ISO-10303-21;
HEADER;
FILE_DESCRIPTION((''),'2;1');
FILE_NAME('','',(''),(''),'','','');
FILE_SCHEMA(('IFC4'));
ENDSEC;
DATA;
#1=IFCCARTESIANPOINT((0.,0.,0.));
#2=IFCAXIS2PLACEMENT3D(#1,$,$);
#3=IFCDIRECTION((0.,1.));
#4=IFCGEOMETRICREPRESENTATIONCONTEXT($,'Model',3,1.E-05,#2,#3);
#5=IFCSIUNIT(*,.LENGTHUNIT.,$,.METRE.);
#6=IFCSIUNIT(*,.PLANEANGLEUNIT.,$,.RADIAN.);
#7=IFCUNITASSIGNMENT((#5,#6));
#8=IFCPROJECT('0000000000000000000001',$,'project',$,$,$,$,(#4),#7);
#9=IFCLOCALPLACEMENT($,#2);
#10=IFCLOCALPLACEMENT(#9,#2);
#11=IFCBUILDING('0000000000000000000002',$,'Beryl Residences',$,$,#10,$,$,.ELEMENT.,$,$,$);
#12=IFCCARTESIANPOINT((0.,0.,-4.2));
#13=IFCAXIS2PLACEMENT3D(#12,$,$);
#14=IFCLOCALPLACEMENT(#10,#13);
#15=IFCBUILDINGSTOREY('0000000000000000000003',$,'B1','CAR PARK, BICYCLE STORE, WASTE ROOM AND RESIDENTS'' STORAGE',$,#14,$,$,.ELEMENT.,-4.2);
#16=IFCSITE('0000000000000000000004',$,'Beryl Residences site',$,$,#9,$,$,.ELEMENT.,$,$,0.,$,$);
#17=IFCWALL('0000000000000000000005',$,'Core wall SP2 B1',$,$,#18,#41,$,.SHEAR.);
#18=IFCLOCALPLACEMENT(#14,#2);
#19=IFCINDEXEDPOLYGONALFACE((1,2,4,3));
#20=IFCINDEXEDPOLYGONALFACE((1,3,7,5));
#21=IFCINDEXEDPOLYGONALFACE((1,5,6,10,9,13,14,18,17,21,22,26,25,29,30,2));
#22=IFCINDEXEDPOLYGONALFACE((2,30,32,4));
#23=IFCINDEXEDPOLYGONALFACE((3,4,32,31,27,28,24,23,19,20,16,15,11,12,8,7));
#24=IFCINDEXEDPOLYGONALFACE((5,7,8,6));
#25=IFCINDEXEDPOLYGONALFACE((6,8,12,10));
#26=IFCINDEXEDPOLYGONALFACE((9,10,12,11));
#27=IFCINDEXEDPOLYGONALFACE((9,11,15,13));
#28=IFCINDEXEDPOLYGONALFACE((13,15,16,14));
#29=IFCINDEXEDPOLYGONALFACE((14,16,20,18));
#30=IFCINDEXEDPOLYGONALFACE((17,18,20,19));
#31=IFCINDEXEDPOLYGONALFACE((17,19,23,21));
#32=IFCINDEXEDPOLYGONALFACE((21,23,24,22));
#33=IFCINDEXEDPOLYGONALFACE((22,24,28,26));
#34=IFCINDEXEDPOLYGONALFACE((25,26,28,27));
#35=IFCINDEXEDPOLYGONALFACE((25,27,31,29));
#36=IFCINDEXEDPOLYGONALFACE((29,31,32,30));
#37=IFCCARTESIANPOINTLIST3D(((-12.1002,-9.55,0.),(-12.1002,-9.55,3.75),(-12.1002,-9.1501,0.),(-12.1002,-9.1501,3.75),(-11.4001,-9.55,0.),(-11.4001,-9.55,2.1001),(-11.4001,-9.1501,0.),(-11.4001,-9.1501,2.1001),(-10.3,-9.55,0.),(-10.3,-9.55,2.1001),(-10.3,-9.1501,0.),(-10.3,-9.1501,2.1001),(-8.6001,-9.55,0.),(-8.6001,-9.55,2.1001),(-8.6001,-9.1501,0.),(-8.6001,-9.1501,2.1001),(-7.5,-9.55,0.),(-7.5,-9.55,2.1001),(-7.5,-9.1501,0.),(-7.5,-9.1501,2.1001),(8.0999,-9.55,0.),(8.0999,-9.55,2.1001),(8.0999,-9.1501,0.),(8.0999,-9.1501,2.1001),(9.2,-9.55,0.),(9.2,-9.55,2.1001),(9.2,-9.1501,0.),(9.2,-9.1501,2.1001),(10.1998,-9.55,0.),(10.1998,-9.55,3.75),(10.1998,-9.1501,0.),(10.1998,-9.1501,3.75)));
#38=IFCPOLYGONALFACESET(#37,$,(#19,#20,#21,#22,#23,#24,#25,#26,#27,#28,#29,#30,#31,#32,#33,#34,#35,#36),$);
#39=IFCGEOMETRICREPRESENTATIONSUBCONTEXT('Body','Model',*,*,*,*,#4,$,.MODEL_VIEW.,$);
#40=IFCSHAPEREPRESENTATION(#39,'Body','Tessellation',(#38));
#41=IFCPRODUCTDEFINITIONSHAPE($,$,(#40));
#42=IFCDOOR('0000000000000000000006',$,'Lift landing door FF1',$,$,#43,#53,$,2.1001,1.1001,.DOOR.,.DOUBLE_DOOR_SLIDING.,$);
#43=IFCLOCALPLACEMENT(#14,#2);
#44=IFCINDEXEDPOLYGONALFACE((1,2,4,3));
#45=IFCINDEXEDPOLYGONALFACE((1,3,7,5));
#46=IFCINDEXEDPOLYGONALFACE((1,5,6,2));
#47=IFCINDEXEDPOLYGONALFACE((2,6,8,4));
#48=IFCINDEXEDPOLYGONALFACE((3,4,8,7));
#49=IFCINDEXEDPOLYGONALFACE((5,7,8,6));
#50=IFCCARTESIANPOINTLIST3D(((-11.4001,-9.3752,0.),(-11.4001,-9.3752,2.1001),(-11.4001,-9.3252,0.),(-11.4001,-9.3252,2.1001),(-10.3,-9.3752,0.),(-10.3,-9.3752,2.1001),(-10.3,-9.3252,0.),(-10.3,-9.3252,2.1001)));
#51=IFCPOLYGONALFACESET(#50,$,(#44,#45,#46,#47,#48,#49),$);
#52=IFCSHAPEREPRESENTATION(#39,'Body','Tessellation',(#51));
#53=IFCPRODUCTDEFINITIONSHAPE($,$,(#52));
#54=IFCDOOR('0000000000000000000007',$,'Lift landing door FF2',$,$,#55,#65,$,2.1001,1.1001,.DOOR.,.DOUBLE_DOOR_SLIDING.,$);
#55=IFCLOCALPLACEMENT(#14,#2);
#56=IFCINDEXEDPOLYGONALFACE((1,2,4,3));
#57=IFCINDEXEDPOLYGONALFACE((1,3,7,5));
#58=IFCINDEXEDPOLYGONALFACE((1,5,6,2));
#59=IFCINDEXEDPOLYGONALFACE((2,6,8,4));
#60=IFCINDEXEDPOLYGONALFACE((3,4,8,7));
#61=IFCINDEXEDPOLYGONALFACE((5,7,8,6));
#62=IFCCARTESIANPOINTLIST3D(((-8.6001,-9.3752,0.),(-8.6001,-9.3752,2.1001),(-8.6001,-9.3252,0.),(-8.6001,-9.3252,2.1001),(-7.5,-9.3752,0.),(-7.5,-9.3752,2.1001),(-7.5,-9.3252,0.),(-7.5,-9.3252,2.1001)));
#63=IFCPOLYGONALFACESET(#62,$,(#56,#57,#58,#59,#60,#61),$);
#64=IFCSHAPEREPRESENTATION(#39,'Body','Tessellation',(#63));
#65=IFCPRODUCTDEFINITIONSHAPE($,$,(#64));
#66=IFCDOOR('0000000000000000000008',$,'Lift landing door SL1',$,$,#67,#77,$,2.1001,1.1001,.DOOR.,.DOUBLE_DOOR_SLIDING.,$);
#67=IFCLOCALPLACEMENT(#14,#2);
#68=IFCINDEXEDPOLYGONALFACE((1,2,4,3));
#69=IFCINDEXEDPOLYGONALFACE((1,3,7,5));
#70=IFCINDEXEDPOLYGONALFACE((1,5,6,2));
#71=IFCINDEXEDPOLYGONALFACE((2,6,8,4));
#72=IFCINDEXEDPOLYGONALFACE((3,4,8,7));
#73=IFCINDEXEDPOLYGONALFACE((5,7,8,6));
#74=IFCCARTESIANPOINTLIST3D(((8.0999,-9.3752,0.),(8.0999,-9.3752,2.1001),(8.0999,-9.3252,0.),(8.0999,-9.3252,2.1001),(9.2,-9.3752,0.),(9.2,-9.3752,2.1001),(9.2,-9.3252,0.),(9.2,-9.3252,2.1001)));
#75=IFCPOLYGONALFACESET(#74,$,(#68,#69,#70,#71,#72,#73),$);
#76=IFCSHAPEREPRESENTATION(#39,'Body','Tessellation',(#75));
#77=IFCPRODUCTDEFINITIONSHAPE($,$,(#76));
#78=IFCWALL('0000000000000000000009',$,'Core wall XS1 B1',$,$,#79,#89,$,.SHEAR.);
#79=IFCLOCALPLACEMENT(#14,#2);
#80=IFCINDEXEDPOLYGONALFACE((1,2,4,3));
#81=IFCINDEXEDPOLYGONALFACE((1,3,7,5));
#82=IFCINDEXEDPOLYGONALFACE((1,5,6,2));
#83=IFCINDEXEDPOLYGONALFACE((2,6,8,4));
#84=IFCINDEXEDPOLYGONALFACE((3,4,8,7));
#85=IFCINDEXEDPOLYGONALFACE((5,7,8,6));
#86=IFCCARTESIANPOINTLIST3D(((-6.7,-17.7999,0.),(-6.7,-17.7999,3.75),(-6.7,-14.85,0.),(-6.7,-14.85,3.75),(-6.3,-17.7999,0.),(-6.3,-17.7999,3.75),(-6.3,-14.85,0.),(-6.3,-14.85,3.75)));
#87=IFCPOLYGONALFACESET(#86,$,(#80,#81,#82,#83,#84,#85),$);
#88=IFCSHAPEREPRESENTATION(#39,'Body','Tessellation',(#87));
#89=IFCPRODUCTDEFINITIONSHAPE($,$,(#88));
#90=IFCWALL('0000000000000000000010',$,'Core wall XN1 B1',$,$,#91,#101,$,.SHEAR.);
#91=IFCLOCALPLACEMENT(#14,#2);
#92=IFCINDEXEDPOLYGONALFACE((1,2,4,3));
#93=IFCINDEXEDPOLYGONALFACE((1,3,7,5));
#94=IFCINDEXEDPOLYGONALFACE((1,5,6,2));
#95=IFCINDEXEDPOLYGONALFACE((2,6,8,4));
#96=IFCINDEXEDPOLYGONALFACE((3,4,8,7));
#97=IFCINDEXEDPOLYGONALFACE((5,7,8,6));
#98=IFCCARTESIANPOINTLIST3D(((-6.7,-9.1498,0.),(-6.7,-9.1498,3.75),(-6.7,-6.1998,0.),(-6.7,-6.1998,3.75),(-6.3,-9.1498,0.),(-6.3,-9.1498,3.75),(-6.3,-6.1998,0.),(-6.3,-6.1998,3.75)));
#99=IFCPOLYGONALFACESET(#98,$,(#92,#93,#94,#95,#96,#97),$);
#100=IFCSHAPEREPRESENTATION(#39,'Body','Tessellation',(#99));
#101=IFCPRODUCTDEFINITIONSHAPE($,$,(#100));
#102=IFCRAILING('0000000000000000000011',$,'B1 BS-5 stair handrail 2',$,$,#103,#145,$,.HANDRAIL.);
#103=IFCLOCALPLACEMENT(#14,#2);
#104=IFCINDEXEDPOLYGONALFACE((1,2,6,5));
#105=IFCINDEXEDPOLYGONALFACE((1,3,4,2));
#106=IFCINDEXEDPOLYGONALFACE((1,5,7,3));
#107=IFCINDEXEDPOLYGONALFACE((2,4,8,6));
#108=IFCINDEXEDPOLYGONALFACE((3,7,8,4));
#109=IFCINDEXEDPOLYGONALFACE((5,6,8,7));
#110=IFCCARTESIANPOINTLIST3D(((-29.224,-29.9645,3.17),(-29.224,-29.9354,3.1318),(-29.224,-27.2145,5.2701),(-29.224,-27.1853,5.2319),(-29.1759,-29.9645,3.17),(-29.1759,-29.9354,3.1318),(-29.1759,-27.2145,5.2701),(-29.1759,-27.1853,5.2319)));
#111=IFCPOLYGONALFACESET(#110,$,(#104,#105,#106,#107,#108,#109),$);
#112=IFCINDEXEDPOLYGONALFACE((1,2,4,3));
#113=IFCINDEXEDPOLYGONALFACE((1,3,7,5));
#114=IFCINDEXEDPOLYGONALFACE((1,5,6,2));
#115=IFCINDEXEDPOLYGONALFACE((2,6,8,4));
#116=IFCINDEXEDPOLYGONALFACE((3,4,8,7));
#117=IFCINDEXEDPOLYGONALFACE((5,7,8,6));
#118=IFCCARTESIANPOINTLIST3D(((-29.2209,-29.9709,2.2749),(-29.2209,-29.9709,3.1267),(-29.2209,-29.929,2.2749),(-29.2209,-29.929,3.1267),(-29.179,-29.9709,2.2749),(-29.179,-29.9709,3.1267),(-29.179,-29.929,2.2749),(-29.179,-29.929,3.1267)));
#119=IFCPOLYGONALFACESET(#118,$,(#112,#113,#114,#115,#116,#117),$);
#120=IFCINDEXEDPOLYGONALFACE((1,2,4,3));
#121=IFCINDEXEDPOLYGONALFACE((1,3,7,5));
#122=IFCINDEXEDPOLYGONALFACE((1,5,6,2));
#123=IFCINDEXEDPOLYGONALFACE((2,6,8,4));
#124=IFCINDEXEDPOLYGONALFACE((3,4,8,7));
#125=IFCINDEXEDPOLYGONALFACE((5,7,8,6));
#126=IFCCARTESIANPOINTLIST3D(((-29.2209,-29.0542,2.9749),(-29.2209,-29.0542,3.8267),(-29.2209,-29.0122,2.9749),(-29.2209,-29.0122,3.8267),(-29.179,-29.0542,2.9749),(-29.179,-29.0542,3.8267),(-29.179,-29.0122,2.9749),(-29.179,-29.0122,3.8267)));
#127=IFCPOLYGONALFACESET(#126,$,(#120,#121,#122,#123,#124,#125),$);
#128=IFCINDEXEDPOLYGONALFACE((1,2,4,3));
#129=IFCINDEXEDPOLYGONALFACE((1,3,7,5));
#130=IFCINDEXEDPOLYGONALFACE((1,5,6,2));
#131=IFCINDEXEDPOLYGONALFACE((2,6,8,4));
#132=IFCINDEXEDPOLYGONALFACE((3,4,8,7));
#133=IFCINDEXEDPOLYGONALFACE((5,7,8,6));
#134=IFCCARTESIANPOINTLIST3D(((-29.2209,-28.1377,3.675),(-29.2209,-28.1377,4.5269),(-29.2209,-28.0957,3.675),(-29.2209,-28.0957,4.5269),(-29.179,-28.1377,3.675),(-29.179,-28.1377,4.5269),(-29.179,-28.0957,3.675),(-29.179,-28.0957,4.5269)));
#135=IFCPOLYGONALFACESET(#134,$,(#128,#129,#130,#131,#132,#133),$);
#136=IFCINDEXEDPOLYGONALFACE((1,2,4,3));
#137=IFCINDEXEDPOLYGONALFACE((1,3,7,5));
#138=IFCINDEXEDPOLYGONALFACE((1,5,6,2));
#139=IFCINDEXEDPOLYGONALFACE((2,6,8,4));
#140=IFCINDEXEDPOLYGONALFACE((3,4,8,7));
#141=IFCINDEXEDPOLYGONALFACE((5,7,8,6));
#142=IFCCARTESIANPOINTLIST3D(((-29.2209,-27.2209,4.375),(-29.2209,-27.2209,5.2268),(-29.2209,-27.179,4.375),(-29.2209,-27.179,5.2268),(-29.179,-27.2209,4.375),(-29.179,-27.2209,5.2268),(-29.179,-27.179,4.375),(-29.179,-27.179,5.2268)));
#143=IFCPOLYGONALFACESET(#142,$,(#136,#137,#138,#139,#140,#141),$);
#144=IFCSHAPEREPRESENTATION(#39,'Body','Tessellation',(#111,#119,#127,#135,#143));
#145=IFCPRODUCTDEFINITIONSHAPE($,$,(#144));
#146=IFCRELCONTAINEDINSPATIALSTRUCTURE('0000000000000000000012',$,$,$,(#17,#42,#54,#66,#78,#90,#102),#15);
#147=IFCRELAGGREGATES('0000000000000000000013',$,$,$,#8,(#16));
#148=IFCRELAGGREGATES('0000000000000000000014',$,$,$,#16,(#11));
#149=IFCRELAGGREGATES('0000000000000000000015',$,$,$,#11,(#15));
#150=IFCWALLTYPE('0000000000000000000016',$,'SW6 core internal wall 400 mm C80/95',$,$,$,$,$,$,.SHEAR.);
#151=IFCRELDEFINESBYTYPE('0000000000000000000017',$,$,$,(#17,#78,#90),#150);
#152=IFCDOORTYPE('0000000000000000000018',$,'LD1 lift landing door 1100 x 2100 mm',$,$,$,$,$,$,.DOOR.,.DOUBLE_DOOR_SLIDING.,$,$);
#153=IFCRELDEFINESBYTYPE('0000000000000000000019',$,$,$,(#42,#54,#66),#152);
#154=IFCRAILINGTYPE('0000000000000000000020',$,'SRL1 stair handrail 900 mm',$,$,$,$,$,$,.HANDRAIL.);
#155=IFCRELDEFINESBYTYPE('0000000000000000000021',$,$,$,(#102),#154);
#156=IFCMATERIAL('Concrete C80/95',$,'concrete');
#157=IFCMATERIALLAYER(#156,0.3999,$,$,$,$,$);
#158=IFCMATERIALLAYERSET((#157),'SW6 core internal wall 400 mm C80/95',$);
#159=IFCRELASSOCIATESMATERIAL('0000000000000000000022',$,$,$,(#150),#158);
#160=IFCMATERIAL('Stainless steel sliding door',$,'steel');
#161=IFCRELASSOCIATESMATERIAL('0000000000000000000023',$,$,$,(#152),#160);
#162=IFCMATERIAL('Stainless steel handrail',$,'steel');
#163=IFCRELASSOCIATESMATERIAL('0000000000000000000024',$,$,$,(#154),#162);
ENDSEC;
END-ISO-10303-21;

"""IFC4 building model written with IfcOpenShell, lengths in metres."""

from ifc_helpers import new_model, si_unit, direction, frame, frame_2d, origin, origin_2d, place, context, subcontext, project, spatial, rectangle, extrude, material, layer, layer_set, type_object, element, fill, save


model = new_model("IFC4")

# Units and contexts
model_context = context("Model", 3, precision=1e-05, world=origin(), true_north=direction((0.0, 1.0)))
body_context = subcontext(model_context, "Body", "Model", "MODEL_VIEW")
ifc_project = project(units=[si_unit("LENGTHUNIT", "METRE"), si_unit("PLANEANGLEUNIT", "RADIAN")], contexts=[model_context])

# Site, building, storey
site_placement = place(None, origin())
site = spatial("IfcSite", under=ifc_project, at=site_placement, Name="Beryl Residences site", CompositionType="ELEMENT", RefElevation=0.0)
building_placement = place(site_placement, origin())
building = spatial("IfcBuilding", under=site, at=building_placement, Name="Beryl Residences", CompositionType="ELEMENT")
storey_placement = place(building_placement, frame((0.0, 0.0, -4.2)))
storey = spatial("IfcBuildingStorey", under=building, at=storey_placement, Name="B1", Description="CAR PARK, BICYCLE STORE, WASTE ROOM AND RESIDENTS' STORAGE", CompositionType="ELEMENT", Elevation=-4.2)

# Shared definitions
ifc_material_1 = material(Name="Concrete C80/95", Category="concrete")
ifc_layer_1 = layer(ifc_material_1, 0.3999)
ifc_layer_set_1 = layer_set([ifc_layer_1], Name="SW6 core internal wall 400 mm C80/95")
wall_type_1 = type_object("IfcWallType", Name="SW6 core internal wall 400 mm C80/95", PredefinedType="SHEAR", material=ifc_layer_set_1)

# Wall, openings, doors
wall_1_placement = place(storey_placement, frame((-12.1001, -9.3501, 0.0), z_axis=(0.0, 0.0, 1.0), x_axis=(1.0, 0.0, 0.0)))
wall_1 = element("IfcWall", 1, at=wall_1_placement, inside=storey, type_object=wall_type_1, Name="Core wall SP2 B1", PredefinedType="SHEAR", context=body_context, shape_type="SweptSolid", body=[
    extrude(rectangle(XDim=22.3, YDim=0.3999, at=frame_2d((11.1499, 0.0))), origin(), (0.0, 0.0, 1.0), 3.75),
])
opening_1_placement = place(wall_1_placement, frame((0.7, 0.0, 0.0)))
opening_1 = element("IfcOpeningElement", 2, at=opening_1_placement, cuts=wall_1, PredefinedType="OPENING", context=body_context, shape_type="SweptSolid", body=[
    extrude(rectangle(XDim=1.1001, YDim=2.1001, at=frame_2d((0.55, 1.05))), frame((0.0, 0.21, 0.0), z_axis=(0.0, -1.0, 0.0), x_axis=(1.0, 0.0, 0.0)), (0.0, 0.0, 1.0), 0.4199),
])
opening_2_placement = place(wall_1_placement, frame((3.5, 0.0, 0.0)))
opening_2 = element("IfcOpeningElement", 3, at=opening_2_placement, cuts=wall_1, PredefinedType="OPENING", context=body_context, shape_type="SweptSolid", body=[
    extrude(rectangle(XDim=1.1001, YDim=2.1001, at=frame_2d((0.55, 1.05))), frame((0.0, 0.21, 0.0), z_axis=(0.0, -1.0, 0.0), x_axis=(1.0, 0.0, 0.0)), (0.0, 0.0, 1.0), 0.4199),
])
opening_3_placement = place(wall_1_placement, frame((20.2, 0.0, 0.0)))
opening_3 = element("IfcOpeningElement", 4, at=opening_3_placement, cuts=wall_1, PredefinedType="OPENING", context=body_context, shape_type="SweptSolid", body=[
    extrude(rectangle(XDim=1.1001, YDim=2.1001, at=frame_2d((0.55, 1.05))), frame((0.0, 0.21, 0.0), z_axis=(0.0, -1.0, 0.0), x_axis=(1.0, 0.0, 0.0)), (0.0, 0.0, 1.0), 0.4199),
])
ifc_material_2 = material(Name="Stainless steel sliding door", Category="steel")
door_type_1 = type_object("IfcDoorType", Name="LD1 lift landing door 1100 x 2100 mm", OperationType="DOUBLE_DOOR_SLIDING", PredefinedType="DOOR", material=ifc_material_2)
door_1_placement = place(opening_1_placement, origin())
door_1 = element("IfcDoor", 5, at=door_1_placement, inside=storey, type_object=door_type_1, Name="Lift landing door FF1", OperationType="DOUBLE_DOOR_SLIDING", OverallHeight=2.1001, OverallWidth=1.1001, PredefinedType="DOOR", context=body_context, shape_type="SweptSolid", body=[
    extrude(rectangle(XDim=1.1001, YDim=2.1001, at=frame_2d((0.55, 1.05))), frame((0.0, 0.0249, 0.0), z_axis=(0.0, -1.0, 0.0), x_axis=(1.0, 0.0, 0.0)), (0.0, 0.0, 1.0), 0.05),
])
fill(opening_1, door_1)
door_2_placement = place(opening_2_placement, origin())
door_2 = element("IfcDoor", 6, at=door_2_placement, inside=storey, type_object=door_type_1, Name="Lift landing door FF2", OperationType="DOUBLE_DOOR_SLIDING", OverallHeight=2.1001, OverallWidth=1.1001, PredefinedType="DOOR", context=body_context, shape_type="SweptSolid", body=[
    extrude(rectangle(XDim=1.1001, YDim=2.1001, at=frame_2d((0.55, 1.05))), frame((0.0, 0.0249, 0.0), z_axis=(0.0, -1.0, 0.0), x_axis=(1.0, 0.0, 0.0)), (0.0, 0.0, 1.0), 0.05),
])
fill(opening_2, door_2)
door_3_placement = place(opening_3_placement, origin())
door_3 = element("IfcDoor", 7, at=door_3_placement, inside=storey, type_object=door_type_1, Name="Lift landing door SL1", OperationType="DOUBLE_DOOR_SLIDING", OverallHeight=2.1001, OverallWidth=1.1001, PredefinedType="DOOR", context=body_context, shape_type="SweptSolid", body=[
    extrude(rectangle(XDim=1.1001, YDim=2.1001, at=frame_2d((0.55, 1.05))), frame((0.0, 0.0249, 0.0), z_axis=(0.0, -1.0, 0.0), x_axis=(1.0, 0.0, 0.0)), (0.0, 0.0, 1.0), 0.05),
])
fill(opening_3, door_3)

# Walls
for number, where, z_axis, x_axis, name in (
    (8, (-6.5, -17.8, 0.0), (0.0, 0.0, 1.0), (0.0, 1.0, 0.0), "Core wall XS1 B1"),
    (9, (-6.5, -9.1499, 0.0), (0.0, 0.0, 1.0), (0.0, 1.0, 0.0), "Core wall XN1 B1"),
):
    element("IfcWall", number, at=place(storey_placement, frame(where, z_axis=z_axis, x_axis=x_axis)), inside=storey, type_object=wall_type_1, Name=name, PredefinedType="SHEAR", context=body_context, shape_type="SweptSolid", body=[
        extrude(rectangle(XDim=2.95, YDim=0.3999, at=frame_2d((1.4751, 0.0))), origin(), (0.0, 0.0, 1.0), 3.75),
    ])

# Railing
ifc_material_3 = material(Name="Stainless steel handrail", Category="steel")
railing_type = type_object("IfcRailingType", Name="SRL1 stair handrail 900 mm", PredefinedType="HANDRAIL", material=ifc_material_3)
railing_placement = place(storey_placement, frame((-29.2, -29.95, 2.2749)))
element("IfcRailing", 10, at=railing_placement, inside=storey, type_object=railing_type, Name="B1 BS-5 stair handrail 2", PredefinedType="HANDRAIL", context=body_context, shape_type="SweptSolid", body=[
    extrude(rectangle(XDim=0.0481, YDim=0.0481, at=origin_2d()), frame((0.0, 0.0, 0.876), z_axis=(0.0, 0.794754, 0.606931), x_axis=(-1.0, 0.0, 0.0)), (0.0, 0.0, 1.0), 3.4602),
    extrude(rectangle(XDim=0.042, YDim=0.042, at=origin_2d()), origin(), (0.0, 0.0, 1.0), 0.8518),
    extrude(rectangle(XDim=0.042, YDim=0.042, at=origin_2d()), frame((0.0, 0.9167, 0.7)), (0.0, 0.0, 1.0), 0.8518),
    extrude(rectangle(XDim=0.042, YDim=0.042, at=origin_2d()), frame((0.0, 1.8333, 1.4001)), (0.0, 0.0, 1.0), 0.8518),
    extrude(rectangle(XDim=0.042, YDim=0.042, at=origin_2d()), frame((0.0, 2.75, 2.1001)), (0.0, 0.0, 1.0), 0.8518),
])

save(model, "model.ifc")
